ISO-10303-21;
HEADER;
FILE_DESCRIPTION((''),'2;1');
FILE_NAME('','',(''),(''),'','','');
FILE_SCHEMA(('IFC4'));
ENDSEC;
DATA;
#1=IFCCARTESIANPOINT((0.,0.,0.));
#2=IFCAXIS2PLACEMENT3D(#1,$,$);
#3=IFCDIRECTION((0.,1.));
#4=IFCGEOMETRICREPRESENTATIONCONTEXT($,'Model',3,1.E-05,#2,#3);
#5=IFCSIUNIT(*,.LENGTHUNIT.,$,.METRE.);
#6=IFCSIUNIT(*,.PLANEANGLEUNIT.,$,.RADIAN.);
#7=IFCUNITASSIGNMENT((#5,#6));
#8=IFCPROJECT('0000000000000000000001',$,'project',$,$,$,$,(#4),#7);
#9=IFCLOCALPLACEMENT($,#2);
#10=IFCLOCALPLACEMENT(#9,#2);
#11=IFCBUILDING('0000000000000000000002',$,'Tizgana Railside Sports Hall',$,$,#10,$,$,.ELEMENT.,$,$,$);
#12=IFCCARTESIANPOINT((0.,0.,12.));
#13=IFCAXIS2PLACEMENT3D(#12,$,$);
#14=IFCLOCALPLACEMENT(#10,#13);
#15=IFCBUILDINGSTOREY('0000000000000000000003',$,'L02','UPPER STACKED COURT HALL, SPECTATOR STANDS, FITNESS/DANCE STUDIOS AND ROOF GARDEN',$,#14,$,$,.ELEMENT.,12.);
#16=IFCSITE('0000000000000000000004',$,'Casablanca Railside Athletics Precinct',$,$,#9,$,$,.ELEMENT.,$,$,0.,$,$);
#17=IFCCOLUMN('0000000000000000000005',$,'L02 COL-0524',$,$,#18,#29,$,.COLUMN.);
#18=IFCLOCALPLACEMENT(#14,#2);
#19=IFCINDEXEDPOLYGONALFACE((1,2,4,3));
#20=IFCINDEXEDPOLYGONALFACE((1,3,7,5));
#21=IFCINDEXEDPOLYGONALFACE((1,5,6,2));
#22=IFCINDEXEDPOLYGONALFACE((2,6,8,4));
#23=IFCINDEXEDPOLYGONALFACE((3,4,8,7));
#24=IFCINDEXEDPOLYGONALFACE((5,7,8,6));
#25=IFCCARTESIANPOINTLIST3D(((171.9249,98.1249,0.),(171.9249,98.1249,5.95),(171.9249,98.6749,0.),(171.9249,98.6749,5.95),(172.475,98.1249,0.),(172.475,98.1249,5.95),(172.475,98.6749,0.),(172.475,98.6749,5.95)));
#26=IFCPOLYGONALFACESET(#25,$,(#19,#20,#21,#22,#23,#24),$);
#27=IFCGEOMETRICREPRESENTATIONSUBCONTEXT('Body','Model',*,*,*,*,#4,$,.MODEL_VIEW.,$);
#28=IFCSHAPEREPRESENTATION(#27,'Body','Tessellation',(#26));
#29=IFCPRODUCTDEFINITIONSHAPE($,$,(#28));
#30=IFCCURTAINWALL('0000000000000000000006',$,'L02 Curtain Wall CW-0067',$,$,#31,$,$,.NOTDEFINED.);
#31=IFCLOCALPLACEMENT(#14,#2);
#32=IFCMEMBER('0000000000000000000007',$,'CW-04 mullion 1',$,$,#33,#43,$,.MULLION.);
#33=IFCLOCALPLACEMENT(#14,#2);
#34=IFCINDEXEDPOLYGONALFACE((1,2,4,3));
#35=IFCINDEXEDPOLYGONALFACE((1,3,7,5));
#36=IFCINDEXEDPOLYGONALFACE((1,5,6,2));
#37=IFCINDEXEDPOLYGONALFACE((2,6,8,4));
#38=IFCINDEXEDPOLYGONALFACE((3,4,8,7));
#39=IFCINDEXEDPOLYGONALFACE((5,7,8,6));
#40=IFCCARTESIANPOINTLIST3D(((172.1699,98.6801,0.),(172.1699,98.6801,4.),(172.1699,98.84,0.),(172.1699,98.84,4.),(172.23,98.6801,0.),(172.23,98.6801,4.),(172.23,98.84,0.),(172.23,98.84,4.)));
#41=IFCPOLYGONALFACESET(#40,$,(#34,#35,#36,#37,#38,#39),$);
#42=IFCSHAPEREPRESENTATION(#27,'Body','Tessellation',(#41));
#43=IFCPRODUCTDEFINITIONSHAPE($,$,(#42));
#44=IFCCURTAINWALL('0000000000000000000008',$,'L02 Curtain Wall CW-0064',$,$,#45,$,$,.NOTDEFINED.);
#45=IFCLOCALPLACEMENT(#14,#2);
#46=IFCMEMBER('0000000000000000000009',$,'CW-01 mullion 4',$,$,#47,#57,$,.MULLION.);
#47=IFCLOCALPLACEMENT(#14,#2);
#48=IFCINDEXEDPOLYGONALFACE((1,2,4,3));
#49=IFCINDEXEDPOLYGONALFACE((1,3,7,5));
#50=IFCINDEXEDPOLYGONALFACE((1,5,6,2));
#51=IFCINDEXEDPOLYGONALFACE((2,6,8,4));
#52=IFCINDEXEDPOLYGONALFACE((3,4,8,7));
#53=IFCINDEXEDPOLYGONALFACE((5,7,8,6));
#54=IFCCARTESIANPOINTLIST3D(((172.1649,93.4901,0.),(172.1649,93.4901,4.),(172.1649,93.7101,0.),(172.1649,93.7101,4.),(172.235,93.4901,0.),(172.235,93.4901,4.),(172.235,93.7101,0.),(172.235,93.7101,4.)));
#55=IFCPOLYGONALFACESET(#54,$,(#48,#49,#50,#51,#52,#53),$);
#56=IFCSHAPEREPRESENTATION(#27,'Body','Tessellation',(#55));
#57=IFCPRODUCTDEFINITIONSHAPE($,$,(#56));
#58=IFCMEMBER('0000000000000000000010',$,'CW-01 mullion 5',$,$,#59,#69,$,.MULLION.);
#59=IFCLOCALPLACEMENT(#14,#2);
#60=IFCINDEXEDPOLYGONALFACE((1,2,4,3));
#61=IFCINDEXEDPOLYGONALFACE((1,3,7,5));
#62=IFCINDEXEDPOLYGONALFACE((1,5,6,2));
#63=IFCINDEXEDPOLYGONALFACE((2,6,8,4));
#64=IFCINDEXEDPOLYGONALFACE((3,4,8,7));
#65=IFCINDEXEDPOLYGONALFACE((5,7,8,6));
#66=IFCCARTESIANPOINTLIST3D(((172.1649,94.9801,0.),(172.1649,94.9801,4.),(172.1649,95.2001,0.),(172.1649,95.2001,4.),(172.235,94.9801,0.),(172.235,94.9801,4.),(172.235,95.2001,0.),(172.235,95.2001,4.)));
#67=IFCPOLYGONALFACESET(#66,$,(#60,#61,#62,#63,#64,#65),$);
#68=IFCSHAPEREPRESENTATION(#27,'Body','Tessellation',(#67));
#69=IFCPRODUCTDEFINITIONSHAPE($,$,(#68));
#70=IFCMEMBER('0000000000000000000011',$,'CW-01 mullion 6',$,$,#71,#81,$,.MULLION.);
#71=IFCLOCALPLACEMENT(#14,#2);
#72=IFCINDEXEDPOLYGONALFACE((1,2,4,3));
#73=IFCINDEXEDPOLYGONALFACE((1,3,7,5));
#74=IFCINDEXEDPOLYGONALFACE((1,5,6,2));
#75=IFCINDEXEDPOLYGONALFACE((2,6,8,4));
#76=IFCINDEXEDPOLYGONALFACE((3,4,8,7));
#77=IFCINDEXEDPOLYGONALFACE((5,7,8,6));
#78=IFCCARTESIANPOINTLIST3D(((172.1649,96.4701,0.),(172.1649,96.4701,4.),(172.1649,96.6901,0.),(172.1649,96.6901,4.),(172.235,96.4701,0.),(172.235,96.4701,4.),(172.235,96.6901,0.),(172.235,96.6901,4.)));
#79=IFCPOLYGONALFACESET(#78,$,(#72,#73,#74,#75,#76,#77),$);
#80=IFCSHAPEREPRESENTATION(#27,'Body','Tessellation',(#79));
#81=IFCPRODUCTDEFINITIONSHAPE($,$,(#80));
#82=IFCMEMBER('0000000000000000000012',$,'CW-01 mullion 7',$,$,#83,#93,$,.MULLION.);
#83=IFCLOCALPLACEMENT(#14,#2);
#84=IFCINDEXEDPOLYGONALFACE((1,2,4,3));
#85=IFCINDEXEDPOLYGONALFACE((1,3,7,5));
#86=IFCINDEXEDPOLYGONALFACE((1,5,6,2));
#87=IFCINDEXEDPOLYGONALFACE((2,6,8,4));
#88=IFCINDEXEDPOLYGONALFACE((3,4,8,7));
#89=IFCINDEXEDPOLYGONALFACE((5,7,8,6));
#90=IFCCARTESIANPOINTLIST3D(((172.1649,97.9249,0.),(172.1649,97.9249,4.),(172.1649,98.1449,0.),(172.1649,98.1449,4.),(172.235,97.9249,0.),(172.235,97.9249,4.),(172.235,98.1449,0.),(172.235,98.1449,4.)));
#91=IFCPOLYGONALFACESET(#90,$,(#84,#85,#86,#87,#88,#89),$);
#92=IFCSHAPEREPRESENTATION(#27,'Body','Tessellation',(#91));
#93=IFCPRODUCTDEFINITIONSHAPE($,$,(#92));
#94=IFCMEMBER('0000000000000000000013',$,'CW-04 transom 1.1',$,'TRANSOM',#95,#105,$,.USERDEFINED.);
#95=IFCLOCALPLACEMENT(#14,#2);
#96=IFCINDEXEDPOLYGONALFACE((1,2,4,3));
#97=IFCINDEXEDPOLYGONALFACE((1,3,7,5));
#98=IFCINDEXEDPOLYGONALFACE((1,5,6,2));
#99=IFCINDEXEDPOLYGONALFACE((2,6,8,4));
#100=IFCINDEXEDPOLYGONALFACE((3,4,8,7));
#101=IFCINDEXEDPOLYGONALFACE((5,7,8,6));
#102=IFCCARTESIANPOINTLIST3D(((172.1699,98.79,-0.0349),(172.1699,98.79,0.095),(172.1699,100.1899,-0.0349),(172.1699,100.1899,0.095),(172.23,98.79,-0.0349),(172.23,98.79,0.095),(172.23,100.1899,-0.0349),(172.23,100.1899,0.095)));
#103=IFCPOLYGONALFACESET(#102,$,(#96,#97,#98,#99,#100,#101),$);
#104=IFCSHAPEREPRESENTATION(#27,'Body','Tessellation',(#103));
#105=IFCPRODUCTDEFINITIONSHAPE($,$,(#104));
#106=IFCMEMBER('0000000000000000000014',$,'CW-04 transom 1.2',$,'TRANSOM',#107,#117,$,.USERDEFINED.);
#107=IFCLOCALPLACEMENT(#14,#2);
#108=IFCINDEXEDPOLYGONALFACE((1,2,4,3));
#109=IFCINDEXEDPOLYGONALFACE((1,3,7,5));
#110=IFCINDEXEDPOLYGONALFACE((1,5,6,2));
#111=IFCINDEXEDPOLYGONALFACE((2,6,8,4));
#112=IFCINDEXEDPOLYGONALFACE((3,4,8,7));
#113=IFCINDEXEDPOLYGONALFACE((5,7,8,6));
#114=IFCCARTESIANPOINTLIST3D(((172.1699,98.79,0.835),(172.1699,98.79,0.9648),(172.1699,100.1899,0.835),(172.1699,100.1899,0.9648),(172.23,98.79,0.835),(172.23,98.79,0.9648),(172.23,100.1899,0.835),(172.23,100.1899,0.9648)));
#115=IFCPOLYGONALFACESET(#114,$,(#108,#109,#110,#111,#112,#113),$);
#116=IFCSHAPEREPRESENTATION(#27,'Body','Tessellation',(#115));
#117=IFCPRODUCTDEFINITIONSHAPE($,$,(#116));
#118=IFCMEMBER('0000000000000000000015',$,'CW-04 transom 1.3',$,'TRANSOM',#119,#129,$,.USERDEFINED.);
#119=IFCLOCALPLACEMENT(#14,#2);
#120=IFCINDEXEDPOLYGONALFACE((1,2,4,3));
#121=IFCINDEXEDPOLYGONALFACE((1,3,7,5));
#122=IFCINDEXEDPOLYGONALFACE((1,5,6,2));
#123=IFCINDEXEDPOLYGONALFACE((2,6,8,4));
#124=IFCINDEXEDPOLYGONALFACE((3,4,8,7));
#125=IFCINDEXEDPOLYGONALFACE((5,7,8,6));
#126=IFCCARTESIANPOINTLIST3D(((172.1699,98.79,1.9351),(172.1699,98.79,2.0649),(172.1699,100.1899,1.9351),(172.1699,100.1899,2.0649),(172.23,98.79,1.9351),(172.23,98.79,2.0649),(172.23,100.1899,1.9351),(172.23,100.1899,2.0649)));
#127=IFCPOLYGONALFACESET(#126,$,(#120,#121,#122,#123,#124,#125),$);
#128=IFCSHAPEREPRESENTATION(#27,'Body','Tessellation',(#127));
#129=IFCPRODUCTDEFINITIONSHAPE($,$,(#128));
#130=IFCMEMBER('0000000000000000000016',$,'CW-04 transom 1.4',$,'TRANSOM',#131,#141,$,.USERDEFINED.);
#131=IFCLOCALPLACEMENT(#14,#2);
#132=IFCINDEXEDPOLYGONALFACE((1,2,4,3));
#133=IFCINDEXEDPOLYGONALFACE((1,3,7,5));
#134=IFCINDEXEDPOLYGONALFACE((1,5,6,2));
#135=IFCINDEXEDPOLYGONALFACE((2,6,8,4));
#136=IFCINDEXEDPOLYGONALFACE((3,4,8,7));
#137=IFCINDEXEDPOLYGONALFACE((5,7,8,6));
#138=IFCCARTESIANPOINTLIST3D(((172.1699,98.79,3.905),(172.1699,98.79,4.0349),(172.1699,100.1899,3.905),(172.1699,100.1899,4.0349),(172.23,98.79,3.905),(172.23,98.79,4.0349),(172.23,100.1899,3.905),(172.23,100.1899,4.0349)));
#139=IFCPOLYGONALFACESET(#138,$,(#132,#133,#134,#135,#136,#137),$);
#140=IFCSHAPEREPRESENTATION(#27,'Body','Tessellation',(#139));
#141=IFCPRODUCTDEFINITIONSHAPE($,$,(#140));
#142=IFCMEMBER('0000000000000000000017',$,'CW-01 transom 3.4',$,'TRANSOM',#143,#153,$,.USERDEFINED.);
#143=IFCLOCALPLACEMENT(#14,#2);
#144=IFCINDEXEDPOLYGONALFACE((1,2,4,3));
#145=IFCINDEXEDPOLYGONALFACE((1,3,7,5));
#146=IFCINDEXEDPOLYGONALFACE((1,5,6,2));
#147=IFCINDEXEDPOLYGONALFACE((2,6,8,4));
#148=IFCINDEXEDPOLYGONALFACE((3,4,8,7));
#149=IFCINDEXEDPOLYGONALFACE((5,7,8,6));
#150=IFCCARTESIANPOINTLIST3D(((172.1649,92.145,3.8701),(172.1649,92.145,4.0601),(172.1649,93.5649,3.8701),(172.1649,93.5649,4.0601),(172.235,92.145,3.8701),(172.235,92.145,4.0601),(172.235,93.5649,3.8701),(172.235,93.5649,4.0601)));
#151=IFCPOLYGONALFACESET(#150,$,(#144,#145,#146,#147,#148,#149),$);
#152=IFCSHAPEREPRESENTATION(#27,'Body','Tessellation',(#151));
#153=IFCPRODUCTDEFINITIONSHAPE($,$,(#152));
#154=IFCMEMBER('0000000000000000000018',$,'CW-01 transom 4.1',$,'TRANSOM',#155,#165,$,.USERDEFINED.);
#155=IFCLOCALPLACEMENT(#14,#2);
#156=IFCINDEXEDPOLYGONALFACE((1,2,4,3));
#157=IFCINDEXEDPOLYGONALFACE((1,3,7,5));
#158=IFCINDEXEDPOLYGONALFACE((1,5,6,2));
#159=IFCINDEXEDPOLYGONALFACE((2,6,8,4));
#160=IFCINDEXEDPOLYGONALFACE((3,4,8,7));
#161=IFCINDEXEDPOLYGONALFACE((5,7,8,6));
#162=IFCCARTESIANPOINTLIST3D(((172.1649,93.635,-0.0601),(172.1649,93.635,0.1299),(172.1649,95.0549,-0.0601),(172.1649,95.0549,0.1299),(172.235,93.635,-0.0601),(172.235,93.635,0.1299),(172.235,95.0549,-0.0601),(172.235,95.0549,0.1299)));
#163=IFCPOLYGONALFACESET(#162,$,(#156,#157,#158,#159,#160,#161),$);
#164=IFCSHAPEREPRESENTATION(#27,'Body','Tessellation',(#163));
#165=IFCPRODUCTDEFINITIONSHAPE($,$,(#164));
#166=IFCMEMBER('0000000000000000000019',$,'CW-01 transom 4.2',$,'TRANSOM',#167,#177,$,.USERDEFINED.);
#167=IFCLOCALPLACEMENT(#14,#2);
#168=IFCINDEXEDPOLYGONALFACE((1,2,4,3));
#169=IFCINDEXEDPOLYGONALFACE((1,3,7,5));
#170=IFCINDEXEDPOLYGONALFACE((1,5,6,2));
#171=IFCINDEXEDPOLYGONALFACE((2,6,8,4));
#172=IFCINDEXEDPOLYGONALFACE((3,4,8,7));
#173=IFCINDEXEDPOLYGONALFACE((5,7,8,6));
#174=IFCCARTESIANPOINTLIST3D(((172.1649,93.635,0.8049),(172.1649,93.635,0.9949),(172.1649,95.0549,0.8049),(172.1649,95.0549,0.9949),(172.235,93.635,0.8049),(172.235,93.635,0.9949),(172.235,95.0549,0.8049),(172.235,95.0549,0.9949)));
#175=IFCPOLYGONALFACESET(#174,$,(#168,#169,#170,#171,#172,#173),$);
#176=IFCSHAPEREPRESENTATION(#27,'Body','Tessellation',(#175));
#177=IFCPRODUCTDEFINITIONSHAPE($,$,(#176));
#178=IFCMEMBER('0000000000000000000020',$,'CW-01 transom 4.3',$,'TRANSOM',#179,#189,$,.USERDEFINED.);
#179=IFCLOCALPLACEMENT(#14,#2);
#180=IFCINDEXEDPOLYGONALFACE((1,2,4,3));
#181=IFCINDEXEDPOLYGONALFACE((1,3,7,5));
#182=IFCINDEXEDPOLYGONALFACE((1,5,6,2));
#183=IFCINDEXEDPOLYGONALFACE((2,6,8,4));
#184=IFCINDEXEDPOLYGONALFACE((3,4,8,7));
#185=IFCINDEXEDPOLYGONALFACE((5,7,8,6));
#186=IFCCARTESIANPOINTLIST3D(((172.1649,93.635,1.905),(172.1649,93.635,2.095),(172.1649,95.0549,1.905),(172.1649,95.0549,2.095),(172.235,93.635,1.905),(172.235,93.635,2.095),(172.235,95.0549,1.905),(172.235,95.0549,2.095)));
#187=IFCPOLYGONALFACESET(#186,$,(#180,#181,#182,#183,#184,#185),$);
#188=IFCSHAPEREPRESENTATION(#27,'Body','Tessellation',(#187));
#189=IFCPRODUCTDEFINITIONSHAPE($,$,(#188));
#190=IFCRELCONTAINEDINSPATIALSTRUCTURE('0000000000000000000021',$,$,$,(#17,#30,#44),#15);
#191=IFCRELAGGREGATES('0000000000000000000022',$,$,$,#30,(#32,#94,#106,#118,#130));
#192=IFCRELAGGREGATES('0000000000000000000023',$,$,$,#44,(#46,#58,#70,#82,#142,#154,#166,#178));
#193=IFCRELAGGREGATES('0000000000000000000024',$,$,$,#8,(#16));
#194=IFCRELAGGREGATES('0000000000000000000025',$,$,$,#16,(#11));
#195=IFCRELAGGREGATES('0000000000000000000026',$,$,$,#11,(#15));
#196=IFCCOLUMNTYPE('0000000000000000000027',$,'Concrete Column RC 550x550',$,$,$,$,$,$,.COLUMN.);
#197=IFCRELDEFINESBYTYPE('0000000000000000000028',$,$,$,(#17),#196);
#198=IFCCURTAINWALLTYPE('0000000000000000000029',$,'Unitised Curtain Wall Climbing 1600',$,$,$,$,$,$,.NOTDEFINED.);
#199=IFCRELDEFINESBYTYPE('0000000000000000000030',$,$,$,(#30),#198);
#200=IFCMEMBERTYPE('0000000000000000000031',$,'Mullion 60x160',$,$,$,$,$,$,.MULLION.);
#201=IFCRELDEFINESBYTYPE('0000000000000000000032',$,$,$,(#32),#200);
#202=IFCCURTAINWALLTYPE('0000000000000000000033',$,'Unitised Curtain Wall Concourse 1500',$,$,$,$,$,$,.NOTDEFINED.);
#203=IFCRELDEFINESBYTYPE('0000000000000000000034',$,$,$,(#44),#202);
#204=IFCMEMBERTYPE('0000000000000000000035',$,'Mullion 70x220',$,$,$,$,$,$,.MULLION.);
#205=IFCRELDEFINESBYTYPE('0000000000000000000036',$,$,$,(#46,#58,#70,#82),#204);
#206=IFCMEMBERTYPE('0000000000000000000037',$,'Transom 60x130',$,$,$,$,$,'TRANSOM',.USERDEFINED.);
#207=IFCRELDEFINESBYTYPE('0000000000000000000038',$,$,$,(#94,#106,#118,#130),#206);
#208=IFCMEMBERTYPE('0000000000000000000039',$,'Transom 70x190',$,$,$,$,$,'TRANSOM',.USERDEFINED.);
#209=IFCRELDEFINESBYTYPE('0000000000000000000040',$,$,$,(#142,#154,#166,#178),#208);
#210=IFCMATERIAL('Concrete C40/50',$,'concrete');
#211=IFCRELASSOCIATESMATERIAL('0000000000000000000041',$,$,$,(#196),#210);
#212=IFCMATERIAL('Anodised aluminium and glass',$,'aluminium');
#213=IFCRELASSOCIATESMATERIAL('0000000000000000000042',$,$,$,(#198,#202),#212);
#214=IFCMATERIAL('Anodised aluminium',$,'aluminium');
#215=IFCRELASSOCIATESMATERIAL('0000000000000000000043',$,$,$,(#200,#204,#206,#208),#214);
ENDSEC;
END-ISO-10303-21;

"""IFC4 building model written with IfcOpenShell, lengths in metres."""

from ifc_helpers import new_model, si_unit, direction, frame, origin, origin_2d, place, context, subcontext, project, spatial, rectangle, extrude, material, material_profile, profile_set, type_object, element, aggregate, save


model = new_model("IFC4")

# Units and contexts
model_context = context("Model", 3, precision=1e-05, world=origin(), true_north=direction((0.0, 1.0)))
body_context = subcontext(model_context, "Body", "Model", "MODEL_VIEW")
ifc_project = project(units=[si_unit("LENGTHUNIT", "METRE"), si_unit("PLANEANGLEUNIT", "RADIAN")], contexts=[model_context])

# Site, building, storey
site_placement = place(None, origin())
site = spatial("IfcSite", under=ifc_project, at=site_placement, Name="Casablanca Railside Athletics Precinct", CompositionType="ELEMENT", RefElevation=0.0)
building_placement = place(site_placement, origin())
building = spatial("IfcBuilding", under=site, at=building_placement, Name="Tizgana Railside Sports Hall", CompositionType="ELEMENT")
storey_placement = place(building_placement, frame((0.0, 0.0, 12.0)))
storey = spatial("IfcBuildingStorey", under=building, at=storey_placement, Name="L02", Description="UPPER STACKED COURT HALL, SPECTATOR STANDS, FITNESS/DANCE STUDIOS AND ROOF GARDEN", CompositionType="ELEMENT", Elevation=12.0)

# Column
ifc_material_1 = material(Name="Concrete C40/50", Category="concrete")
ifc_material_profile_1 = material_profile(ifc_material_1, rectangle(XDim=0.55, YDim=0.55, at=origin_2d()), Name="RC 550x550")
ifc_profile_set_1 = profile_set([ifc_material_profile_1], Name="Concrete C40/50")
column_type = type_object("IfcColumnType", Name="Concrete Column RC 550x550", PredefinedType="COLUMN", material=ifc_profile_set_1)
column_placement = place(storey_placement, frame((172.2, 98.3999, 0.0), z_axis=(0.0, 0.0, 1.0), x_axis=(1.0, 0.0, 0.0)))
element("IfcColumn", 1, at=column_placement, inside=storey, type_object=column_type, Name="L02 COL-0524", PredefinedType="COLUMN", context=body_context, shape_type="SweptSolid", body=[
    extrude(rectangle(XDim=0.55, YDim=0.55, at=origin_2d()), origin(), (0.0, 0.0, 1.0), 5.95),
])

# Curtain wall, member
ifc_material_2 = material(Name="Anodised aluminium and glass", Category="aluminium")
curtain_wall_type_1 = type_object("IfcCurtainWallType", Name="Unitised Curtain Wall Climbing 1600", PredefinedType="NOTDEFINED", material=ifc_material_2)
curtain_wall_1_placement = place(storey_placement, origin())
curtain_wall_1 = element("IfcCurtainWall", 2, at=curtain_wall_1_placement, inside=storey, type_object=curtain_wall_type_1, Name="L02 Curtain Wall CW-0067", PredefinedType="NOTDEFINED")
ifc_material_3 = material(Name="Anodised aluminium", Category="aluminium")
ifc_material_profile_2 = material_profile(ifc_material_3, rectangle(XDim=0.0601, YDim=0.1599, at=origin_2d()), Name="Mullion 60x160")
ifc_profile_set_2 = profile_set([ifc_material_profile_2], Name="Anodised aluminium")
member_type_1 = type_object("IfcMemberType", Name="Mullion 60x160", PredefinedType="MULLION", material=ifc_profile_set_2)
member_1_placement = place(storey_placement, frame((172.2, 98.76, 0.0), z_axis=(0.0, 0.0, 1.0), x_axis=(-1.0, 0.0, 0.0)))
member_1 = element("IfcMember", 3, at=member_1_placement, type_object=member_type_1, Name="CW-04 mullion 1", PredefinedType="MULLION", context=body_context, shape_type="SweptSolid", body=[
    extrude(rectangle(XDim=0.0601, YDim=0.1599, at=origin_2d()), origin(), (0.0, 0.0, 1.0), 4.0),
])

# Curtain wall, members
curtain_wall_type_2 = type_object("IfcCurtainWallType", Name="Unitised Curtain Wall Concourse 1500", PredefinedType="NOTDEFINED", material=ifc_material_2)
curtain_wall_2_placement = place(storey_placement, origin())
curtain_wall_2 = element("IfcCurtainWall", 4, at=curtain_wall_2_placement, inside=storey, type_object=curtain_wall_type_2, Name="L02 Curtain Wall CW-0064", PredefinedType="NOTDEFINED")
ifc_material_profile_3 = material_profile(ifc_material_3, rectangle(XDim=0.0701, YDim=0.22, at=origin_2d()), Name="Mullion 70x220")
ifc_profile_set_3 = profile_set([ifc_material_profile_3], Name="Anodised aluminium")
member_type_2 = type_object("IfcMemberType", Name="Mullion 70x220", PredefinedType="MULLION", material=ifc_profile_set_3)
member_2_placement = place(storey_placement, frame((172.2, 93.6001, 0.0), z_axis=(0.0, 0.0, 1.0), x_axis=(-1.0, 0.0, 0.0)))
member_2 = element("IfcMember", 5, at=member_2_placement, type_object=member_type_2, Name="CW-01 mullion 4", PredefinedType="MULLION", context=body_context, shape_type="SweptSolid", body=[
    extrude(rectangle(XDim=0.0701, YDim=0.22, at=origin_2d()), origin(), (0.0, 0.0, 1.0), 4.0),
])
member_3_placement = place(storey_placement, frame((172.2, 95.0901, 0.0), z_axis=(0.0, 0.0, 1.0), x_axis=(-1.0, 0.0, 0.0)))
member_3 = element("IfcMember", 6, at=member_3_placement, type_object=member_type_2, Name="CW-01 mullion 5", PredefinedType="MULLION", context=body_context, shape_type="SweptSolid", body=[
    extrude(rectangle(XDim=0.0701, YDim=0.22, at=origin_2d()), origin(), (0.0, 0.0, 1.0), 4.0),
])
member_4_placement = place(storey_placement, frame((172.2, 96.5801, 0.0), z_axis=(0.0, 0.0, 1.0), x_axis=(-1.0, 0.0, 0.0)))
member_4 = element("IfcMember", 7, at=member_4_placement, type_object=member_type_2, Name="CW-01 mullion 6", PredefinedType="MULLION", context=body_context, shape_type="SweptSolid", body=[
    extrude(rectangle(XDim=0.0701, YDim=0.22, at=origin_2d()), origin(), (0.0, 0.0, 1.0), 4.0),
])
member_5_placement = place(storey_placement, frame((172.2, 98.0349, 0.0), z_axis=(0.0, 0.0, 1.0), x_axis=(-1.0, 0.0, 0.0)))
member_5 = element("IfcMember", 8, at=member_5_placement, type_object=member_type_2, Name="CW-01 mullion 7", PredefinedType="MULLION", context=body_context, shape_type="SweptSolid", body=[
    extrude(rectangle(XDim=0.0701, YDim=0.22, at=origin_2d()), origin(), (0.0, 0.0, 1.0), 4.0),
])

# Members
ifc_material_profile_4 = material_profile(ifc_material_3, rectangle(XDim=0.0601, YDim=0.1299, at=origin_2d()), Name="Transom 60x130")
ifc_profile_set_4 = profile_set([ifc_material_profile_4], Name="Anodised aluminium")
member_type_3 = type_object("IfcMemberType", Name="Transom 60x130", ElementType="TRANSOM", PredefinedType="USERDEFINED", material=ifc_profile_set_4)
member_6_placement = place(storey_placement, frame((172.2, 98.79, 0.03), z_axis=(0.0, 1.0, 0.0), x_axis=(-1.0, 0.0, 0.0)))
member_6 = element("IfcMember", 9, at=member_6_placement, type_object=member_type_3, Name="CW-04 transom 1.1", ObjectType="TRANSOM", PredefinedType="USERDEFINED", context=body_context, shape_type="SweptSolid", body=[
    extrude(rectangle(XDim=0.0601, YDim=0.1299, at=origin_2d()), origin(), (0.0, 0.0, 1.0), 1.3999),
])
member_7_placement = place(storey_placement, frame((172.2, 98.79, 0.8999), z_axis=(0.0, 1.0, 0.0), x_axis=(-1.0, 0.0, 0.0)))
member_7 = element("IfcMember", 10, at=member_7_placement, type_object=member_type_3, Name="CW-04 transom 1.2", ObjectType="TRANSOM", PredefinedType="USERDEFINED", context=body_context, shape_type="SweptSolid", body=[
    extrude(rectangle(XDim=0.0601, YDim=0.1299, at=origin_2d()), origin(), (0.0, 0.0, 1.0), 1.3999),
])
member_8_placement = place(storey_placement, frame((172.2, 98.79, 2.0), z_axis=(0.0, 1.0, 0.0), x_axis=(-1.0, 0.0, 0.0)))
member_8 = element("IfcMember", 11, at=member_8_placement, type_object=member_type_3, Name="CW-04 transom 1.3", ObjectType="TRANSOM", PredefinedType="USERDEFINED", context=body_context, shape_type="SweptSolid", body=[
    extrude(rectangle(XDim=0.0601, YDim=0.1299, at=origin_2d()), origin(), (0.0, 0.0, 1.0), 1.3999),
])
member_9_placement = place(storey_placement, frame((172.2, 98.79, 3.97), z_axis=(0.0, 1.0, 0.0), x_axis=(-1.0, 0.0, 0.0)))
member_9 = element("IfcMember", 12, at=member_9_placement, type_object=member_type_3, Name="CW-04 transom 1.4", ObjectType="TRANSOM", PredefinedType="USERDEFINED", context=body_context, shape_type="SweptSolid", body=[
    extrude(rectangle(XDim=0.0601, YDim=0.1299, at=origin_2d()), origin(), (0.0, 0.0, 1.0), 1.3999),
])
aggregate(curtain_wall_1, [member_1, member_6, member_7, member_8, member_9])
ifc_material_profile_5 = material_profile(ifc_material_3, rectangle(XDim=0.0701, YDim=0.1899, at=origin_2d()), Name="Transom 70x190")
ifc_profile_set_5 = profile_set([ifc_material_profile_5], Name="Anodised aluminium")
member_type_4 = type_object("IfcMemberType", Name="Transom 70x190", ElementType="TRANSOM", PredefinedType="USERDEFINED", material=ifc_profile_set_5)
member_10_placement = place(storey_placement, frame((172.2, 92.145, 3.9651), z_axis=(0.0, 1.0, 0.0), x_axis=(-1.0, 0.0, 0.0)))
member_10 = element("IfcMember", 13, at=member_10_placement, type_object=member_type_4, Name="CW-01 transom 3.4", ObjectType="TRANSOM", PredefinedType="USERDEFINED", context=body_context, shape_type="SweptSolid", body=[
    extrude(rectangle(XDim=0.0701, YDim=0.1899, at=origin_2d()), origin(), (0.0, 0.0, 1.0), 1.4199),
])
member_11_placement = place(storey_placement, frame((172.2, 93.635, 0.0349), z_axis=(0.0, 1.0, 0.0), x_axis=(-1.0, 0.0, 0.0)))
member_11 = element("IfcMember", 14, at=member_11_placement, type_object=member_type_4, Name="CW-01 transom 4.1", ObjectType="TRANSOM", PredefinedType="USERDEFINED", context=body_context, shape_type="SweptSolid", body=[
    extrude(rectangle(XDim=0.0701, YDim=0.1899, at=origin_2d()), origin(), (0.0, 0.0, 1.0), 1.4199),
])
member_12_placement = place(storey_placement, frame((172.2, 93.635, 0.8999), z_axis=(0.0, 1.0, 0.0), x_axis=(-1.0, 0.0, 0.0)))
member_12 = element("IfcMember", 15, at=member_12_placement, type_object=member_type_4, Name="CW-01 transom 4.2", ObjectType="TRANSOM", PredefinedType="USERDEFINED", context=body_context, shape_type="SweptSolid", body=[
    extrude(rectangle(XDim=0.0701, YDim=0.1899, at=origin_2d()), origin(), (0.0, 0.0, 1.0), 1.4199),
])
member_13_placement = place(storey_placement, frame((172.2, 93.635, 2.0), z_axis=(0.0, 1.0, 0.0), x_axis=(-1.0, 0.0, 0.0)))
member_13 = element("IfcMember", 16, at=member_13_placement, type_object=member_type_4, Name="CW-01 transom 4.3", ObjectType="TRANSOM", PredefinedType="USERDEFINED", context=body_context, shape_type="SweptSolid", body=[
    extrude(rectangle(XDim=0.0701, YDim=0.1899, at=origin_2d()), origin(), (0.0, 0.0, 1.0), 1.4199),
])

aggregate(curtain_wall_2, [member_2, member_3, member_4, member_5, member_10, member_11, member_12, member_13])

save(model, "model.ifc")
